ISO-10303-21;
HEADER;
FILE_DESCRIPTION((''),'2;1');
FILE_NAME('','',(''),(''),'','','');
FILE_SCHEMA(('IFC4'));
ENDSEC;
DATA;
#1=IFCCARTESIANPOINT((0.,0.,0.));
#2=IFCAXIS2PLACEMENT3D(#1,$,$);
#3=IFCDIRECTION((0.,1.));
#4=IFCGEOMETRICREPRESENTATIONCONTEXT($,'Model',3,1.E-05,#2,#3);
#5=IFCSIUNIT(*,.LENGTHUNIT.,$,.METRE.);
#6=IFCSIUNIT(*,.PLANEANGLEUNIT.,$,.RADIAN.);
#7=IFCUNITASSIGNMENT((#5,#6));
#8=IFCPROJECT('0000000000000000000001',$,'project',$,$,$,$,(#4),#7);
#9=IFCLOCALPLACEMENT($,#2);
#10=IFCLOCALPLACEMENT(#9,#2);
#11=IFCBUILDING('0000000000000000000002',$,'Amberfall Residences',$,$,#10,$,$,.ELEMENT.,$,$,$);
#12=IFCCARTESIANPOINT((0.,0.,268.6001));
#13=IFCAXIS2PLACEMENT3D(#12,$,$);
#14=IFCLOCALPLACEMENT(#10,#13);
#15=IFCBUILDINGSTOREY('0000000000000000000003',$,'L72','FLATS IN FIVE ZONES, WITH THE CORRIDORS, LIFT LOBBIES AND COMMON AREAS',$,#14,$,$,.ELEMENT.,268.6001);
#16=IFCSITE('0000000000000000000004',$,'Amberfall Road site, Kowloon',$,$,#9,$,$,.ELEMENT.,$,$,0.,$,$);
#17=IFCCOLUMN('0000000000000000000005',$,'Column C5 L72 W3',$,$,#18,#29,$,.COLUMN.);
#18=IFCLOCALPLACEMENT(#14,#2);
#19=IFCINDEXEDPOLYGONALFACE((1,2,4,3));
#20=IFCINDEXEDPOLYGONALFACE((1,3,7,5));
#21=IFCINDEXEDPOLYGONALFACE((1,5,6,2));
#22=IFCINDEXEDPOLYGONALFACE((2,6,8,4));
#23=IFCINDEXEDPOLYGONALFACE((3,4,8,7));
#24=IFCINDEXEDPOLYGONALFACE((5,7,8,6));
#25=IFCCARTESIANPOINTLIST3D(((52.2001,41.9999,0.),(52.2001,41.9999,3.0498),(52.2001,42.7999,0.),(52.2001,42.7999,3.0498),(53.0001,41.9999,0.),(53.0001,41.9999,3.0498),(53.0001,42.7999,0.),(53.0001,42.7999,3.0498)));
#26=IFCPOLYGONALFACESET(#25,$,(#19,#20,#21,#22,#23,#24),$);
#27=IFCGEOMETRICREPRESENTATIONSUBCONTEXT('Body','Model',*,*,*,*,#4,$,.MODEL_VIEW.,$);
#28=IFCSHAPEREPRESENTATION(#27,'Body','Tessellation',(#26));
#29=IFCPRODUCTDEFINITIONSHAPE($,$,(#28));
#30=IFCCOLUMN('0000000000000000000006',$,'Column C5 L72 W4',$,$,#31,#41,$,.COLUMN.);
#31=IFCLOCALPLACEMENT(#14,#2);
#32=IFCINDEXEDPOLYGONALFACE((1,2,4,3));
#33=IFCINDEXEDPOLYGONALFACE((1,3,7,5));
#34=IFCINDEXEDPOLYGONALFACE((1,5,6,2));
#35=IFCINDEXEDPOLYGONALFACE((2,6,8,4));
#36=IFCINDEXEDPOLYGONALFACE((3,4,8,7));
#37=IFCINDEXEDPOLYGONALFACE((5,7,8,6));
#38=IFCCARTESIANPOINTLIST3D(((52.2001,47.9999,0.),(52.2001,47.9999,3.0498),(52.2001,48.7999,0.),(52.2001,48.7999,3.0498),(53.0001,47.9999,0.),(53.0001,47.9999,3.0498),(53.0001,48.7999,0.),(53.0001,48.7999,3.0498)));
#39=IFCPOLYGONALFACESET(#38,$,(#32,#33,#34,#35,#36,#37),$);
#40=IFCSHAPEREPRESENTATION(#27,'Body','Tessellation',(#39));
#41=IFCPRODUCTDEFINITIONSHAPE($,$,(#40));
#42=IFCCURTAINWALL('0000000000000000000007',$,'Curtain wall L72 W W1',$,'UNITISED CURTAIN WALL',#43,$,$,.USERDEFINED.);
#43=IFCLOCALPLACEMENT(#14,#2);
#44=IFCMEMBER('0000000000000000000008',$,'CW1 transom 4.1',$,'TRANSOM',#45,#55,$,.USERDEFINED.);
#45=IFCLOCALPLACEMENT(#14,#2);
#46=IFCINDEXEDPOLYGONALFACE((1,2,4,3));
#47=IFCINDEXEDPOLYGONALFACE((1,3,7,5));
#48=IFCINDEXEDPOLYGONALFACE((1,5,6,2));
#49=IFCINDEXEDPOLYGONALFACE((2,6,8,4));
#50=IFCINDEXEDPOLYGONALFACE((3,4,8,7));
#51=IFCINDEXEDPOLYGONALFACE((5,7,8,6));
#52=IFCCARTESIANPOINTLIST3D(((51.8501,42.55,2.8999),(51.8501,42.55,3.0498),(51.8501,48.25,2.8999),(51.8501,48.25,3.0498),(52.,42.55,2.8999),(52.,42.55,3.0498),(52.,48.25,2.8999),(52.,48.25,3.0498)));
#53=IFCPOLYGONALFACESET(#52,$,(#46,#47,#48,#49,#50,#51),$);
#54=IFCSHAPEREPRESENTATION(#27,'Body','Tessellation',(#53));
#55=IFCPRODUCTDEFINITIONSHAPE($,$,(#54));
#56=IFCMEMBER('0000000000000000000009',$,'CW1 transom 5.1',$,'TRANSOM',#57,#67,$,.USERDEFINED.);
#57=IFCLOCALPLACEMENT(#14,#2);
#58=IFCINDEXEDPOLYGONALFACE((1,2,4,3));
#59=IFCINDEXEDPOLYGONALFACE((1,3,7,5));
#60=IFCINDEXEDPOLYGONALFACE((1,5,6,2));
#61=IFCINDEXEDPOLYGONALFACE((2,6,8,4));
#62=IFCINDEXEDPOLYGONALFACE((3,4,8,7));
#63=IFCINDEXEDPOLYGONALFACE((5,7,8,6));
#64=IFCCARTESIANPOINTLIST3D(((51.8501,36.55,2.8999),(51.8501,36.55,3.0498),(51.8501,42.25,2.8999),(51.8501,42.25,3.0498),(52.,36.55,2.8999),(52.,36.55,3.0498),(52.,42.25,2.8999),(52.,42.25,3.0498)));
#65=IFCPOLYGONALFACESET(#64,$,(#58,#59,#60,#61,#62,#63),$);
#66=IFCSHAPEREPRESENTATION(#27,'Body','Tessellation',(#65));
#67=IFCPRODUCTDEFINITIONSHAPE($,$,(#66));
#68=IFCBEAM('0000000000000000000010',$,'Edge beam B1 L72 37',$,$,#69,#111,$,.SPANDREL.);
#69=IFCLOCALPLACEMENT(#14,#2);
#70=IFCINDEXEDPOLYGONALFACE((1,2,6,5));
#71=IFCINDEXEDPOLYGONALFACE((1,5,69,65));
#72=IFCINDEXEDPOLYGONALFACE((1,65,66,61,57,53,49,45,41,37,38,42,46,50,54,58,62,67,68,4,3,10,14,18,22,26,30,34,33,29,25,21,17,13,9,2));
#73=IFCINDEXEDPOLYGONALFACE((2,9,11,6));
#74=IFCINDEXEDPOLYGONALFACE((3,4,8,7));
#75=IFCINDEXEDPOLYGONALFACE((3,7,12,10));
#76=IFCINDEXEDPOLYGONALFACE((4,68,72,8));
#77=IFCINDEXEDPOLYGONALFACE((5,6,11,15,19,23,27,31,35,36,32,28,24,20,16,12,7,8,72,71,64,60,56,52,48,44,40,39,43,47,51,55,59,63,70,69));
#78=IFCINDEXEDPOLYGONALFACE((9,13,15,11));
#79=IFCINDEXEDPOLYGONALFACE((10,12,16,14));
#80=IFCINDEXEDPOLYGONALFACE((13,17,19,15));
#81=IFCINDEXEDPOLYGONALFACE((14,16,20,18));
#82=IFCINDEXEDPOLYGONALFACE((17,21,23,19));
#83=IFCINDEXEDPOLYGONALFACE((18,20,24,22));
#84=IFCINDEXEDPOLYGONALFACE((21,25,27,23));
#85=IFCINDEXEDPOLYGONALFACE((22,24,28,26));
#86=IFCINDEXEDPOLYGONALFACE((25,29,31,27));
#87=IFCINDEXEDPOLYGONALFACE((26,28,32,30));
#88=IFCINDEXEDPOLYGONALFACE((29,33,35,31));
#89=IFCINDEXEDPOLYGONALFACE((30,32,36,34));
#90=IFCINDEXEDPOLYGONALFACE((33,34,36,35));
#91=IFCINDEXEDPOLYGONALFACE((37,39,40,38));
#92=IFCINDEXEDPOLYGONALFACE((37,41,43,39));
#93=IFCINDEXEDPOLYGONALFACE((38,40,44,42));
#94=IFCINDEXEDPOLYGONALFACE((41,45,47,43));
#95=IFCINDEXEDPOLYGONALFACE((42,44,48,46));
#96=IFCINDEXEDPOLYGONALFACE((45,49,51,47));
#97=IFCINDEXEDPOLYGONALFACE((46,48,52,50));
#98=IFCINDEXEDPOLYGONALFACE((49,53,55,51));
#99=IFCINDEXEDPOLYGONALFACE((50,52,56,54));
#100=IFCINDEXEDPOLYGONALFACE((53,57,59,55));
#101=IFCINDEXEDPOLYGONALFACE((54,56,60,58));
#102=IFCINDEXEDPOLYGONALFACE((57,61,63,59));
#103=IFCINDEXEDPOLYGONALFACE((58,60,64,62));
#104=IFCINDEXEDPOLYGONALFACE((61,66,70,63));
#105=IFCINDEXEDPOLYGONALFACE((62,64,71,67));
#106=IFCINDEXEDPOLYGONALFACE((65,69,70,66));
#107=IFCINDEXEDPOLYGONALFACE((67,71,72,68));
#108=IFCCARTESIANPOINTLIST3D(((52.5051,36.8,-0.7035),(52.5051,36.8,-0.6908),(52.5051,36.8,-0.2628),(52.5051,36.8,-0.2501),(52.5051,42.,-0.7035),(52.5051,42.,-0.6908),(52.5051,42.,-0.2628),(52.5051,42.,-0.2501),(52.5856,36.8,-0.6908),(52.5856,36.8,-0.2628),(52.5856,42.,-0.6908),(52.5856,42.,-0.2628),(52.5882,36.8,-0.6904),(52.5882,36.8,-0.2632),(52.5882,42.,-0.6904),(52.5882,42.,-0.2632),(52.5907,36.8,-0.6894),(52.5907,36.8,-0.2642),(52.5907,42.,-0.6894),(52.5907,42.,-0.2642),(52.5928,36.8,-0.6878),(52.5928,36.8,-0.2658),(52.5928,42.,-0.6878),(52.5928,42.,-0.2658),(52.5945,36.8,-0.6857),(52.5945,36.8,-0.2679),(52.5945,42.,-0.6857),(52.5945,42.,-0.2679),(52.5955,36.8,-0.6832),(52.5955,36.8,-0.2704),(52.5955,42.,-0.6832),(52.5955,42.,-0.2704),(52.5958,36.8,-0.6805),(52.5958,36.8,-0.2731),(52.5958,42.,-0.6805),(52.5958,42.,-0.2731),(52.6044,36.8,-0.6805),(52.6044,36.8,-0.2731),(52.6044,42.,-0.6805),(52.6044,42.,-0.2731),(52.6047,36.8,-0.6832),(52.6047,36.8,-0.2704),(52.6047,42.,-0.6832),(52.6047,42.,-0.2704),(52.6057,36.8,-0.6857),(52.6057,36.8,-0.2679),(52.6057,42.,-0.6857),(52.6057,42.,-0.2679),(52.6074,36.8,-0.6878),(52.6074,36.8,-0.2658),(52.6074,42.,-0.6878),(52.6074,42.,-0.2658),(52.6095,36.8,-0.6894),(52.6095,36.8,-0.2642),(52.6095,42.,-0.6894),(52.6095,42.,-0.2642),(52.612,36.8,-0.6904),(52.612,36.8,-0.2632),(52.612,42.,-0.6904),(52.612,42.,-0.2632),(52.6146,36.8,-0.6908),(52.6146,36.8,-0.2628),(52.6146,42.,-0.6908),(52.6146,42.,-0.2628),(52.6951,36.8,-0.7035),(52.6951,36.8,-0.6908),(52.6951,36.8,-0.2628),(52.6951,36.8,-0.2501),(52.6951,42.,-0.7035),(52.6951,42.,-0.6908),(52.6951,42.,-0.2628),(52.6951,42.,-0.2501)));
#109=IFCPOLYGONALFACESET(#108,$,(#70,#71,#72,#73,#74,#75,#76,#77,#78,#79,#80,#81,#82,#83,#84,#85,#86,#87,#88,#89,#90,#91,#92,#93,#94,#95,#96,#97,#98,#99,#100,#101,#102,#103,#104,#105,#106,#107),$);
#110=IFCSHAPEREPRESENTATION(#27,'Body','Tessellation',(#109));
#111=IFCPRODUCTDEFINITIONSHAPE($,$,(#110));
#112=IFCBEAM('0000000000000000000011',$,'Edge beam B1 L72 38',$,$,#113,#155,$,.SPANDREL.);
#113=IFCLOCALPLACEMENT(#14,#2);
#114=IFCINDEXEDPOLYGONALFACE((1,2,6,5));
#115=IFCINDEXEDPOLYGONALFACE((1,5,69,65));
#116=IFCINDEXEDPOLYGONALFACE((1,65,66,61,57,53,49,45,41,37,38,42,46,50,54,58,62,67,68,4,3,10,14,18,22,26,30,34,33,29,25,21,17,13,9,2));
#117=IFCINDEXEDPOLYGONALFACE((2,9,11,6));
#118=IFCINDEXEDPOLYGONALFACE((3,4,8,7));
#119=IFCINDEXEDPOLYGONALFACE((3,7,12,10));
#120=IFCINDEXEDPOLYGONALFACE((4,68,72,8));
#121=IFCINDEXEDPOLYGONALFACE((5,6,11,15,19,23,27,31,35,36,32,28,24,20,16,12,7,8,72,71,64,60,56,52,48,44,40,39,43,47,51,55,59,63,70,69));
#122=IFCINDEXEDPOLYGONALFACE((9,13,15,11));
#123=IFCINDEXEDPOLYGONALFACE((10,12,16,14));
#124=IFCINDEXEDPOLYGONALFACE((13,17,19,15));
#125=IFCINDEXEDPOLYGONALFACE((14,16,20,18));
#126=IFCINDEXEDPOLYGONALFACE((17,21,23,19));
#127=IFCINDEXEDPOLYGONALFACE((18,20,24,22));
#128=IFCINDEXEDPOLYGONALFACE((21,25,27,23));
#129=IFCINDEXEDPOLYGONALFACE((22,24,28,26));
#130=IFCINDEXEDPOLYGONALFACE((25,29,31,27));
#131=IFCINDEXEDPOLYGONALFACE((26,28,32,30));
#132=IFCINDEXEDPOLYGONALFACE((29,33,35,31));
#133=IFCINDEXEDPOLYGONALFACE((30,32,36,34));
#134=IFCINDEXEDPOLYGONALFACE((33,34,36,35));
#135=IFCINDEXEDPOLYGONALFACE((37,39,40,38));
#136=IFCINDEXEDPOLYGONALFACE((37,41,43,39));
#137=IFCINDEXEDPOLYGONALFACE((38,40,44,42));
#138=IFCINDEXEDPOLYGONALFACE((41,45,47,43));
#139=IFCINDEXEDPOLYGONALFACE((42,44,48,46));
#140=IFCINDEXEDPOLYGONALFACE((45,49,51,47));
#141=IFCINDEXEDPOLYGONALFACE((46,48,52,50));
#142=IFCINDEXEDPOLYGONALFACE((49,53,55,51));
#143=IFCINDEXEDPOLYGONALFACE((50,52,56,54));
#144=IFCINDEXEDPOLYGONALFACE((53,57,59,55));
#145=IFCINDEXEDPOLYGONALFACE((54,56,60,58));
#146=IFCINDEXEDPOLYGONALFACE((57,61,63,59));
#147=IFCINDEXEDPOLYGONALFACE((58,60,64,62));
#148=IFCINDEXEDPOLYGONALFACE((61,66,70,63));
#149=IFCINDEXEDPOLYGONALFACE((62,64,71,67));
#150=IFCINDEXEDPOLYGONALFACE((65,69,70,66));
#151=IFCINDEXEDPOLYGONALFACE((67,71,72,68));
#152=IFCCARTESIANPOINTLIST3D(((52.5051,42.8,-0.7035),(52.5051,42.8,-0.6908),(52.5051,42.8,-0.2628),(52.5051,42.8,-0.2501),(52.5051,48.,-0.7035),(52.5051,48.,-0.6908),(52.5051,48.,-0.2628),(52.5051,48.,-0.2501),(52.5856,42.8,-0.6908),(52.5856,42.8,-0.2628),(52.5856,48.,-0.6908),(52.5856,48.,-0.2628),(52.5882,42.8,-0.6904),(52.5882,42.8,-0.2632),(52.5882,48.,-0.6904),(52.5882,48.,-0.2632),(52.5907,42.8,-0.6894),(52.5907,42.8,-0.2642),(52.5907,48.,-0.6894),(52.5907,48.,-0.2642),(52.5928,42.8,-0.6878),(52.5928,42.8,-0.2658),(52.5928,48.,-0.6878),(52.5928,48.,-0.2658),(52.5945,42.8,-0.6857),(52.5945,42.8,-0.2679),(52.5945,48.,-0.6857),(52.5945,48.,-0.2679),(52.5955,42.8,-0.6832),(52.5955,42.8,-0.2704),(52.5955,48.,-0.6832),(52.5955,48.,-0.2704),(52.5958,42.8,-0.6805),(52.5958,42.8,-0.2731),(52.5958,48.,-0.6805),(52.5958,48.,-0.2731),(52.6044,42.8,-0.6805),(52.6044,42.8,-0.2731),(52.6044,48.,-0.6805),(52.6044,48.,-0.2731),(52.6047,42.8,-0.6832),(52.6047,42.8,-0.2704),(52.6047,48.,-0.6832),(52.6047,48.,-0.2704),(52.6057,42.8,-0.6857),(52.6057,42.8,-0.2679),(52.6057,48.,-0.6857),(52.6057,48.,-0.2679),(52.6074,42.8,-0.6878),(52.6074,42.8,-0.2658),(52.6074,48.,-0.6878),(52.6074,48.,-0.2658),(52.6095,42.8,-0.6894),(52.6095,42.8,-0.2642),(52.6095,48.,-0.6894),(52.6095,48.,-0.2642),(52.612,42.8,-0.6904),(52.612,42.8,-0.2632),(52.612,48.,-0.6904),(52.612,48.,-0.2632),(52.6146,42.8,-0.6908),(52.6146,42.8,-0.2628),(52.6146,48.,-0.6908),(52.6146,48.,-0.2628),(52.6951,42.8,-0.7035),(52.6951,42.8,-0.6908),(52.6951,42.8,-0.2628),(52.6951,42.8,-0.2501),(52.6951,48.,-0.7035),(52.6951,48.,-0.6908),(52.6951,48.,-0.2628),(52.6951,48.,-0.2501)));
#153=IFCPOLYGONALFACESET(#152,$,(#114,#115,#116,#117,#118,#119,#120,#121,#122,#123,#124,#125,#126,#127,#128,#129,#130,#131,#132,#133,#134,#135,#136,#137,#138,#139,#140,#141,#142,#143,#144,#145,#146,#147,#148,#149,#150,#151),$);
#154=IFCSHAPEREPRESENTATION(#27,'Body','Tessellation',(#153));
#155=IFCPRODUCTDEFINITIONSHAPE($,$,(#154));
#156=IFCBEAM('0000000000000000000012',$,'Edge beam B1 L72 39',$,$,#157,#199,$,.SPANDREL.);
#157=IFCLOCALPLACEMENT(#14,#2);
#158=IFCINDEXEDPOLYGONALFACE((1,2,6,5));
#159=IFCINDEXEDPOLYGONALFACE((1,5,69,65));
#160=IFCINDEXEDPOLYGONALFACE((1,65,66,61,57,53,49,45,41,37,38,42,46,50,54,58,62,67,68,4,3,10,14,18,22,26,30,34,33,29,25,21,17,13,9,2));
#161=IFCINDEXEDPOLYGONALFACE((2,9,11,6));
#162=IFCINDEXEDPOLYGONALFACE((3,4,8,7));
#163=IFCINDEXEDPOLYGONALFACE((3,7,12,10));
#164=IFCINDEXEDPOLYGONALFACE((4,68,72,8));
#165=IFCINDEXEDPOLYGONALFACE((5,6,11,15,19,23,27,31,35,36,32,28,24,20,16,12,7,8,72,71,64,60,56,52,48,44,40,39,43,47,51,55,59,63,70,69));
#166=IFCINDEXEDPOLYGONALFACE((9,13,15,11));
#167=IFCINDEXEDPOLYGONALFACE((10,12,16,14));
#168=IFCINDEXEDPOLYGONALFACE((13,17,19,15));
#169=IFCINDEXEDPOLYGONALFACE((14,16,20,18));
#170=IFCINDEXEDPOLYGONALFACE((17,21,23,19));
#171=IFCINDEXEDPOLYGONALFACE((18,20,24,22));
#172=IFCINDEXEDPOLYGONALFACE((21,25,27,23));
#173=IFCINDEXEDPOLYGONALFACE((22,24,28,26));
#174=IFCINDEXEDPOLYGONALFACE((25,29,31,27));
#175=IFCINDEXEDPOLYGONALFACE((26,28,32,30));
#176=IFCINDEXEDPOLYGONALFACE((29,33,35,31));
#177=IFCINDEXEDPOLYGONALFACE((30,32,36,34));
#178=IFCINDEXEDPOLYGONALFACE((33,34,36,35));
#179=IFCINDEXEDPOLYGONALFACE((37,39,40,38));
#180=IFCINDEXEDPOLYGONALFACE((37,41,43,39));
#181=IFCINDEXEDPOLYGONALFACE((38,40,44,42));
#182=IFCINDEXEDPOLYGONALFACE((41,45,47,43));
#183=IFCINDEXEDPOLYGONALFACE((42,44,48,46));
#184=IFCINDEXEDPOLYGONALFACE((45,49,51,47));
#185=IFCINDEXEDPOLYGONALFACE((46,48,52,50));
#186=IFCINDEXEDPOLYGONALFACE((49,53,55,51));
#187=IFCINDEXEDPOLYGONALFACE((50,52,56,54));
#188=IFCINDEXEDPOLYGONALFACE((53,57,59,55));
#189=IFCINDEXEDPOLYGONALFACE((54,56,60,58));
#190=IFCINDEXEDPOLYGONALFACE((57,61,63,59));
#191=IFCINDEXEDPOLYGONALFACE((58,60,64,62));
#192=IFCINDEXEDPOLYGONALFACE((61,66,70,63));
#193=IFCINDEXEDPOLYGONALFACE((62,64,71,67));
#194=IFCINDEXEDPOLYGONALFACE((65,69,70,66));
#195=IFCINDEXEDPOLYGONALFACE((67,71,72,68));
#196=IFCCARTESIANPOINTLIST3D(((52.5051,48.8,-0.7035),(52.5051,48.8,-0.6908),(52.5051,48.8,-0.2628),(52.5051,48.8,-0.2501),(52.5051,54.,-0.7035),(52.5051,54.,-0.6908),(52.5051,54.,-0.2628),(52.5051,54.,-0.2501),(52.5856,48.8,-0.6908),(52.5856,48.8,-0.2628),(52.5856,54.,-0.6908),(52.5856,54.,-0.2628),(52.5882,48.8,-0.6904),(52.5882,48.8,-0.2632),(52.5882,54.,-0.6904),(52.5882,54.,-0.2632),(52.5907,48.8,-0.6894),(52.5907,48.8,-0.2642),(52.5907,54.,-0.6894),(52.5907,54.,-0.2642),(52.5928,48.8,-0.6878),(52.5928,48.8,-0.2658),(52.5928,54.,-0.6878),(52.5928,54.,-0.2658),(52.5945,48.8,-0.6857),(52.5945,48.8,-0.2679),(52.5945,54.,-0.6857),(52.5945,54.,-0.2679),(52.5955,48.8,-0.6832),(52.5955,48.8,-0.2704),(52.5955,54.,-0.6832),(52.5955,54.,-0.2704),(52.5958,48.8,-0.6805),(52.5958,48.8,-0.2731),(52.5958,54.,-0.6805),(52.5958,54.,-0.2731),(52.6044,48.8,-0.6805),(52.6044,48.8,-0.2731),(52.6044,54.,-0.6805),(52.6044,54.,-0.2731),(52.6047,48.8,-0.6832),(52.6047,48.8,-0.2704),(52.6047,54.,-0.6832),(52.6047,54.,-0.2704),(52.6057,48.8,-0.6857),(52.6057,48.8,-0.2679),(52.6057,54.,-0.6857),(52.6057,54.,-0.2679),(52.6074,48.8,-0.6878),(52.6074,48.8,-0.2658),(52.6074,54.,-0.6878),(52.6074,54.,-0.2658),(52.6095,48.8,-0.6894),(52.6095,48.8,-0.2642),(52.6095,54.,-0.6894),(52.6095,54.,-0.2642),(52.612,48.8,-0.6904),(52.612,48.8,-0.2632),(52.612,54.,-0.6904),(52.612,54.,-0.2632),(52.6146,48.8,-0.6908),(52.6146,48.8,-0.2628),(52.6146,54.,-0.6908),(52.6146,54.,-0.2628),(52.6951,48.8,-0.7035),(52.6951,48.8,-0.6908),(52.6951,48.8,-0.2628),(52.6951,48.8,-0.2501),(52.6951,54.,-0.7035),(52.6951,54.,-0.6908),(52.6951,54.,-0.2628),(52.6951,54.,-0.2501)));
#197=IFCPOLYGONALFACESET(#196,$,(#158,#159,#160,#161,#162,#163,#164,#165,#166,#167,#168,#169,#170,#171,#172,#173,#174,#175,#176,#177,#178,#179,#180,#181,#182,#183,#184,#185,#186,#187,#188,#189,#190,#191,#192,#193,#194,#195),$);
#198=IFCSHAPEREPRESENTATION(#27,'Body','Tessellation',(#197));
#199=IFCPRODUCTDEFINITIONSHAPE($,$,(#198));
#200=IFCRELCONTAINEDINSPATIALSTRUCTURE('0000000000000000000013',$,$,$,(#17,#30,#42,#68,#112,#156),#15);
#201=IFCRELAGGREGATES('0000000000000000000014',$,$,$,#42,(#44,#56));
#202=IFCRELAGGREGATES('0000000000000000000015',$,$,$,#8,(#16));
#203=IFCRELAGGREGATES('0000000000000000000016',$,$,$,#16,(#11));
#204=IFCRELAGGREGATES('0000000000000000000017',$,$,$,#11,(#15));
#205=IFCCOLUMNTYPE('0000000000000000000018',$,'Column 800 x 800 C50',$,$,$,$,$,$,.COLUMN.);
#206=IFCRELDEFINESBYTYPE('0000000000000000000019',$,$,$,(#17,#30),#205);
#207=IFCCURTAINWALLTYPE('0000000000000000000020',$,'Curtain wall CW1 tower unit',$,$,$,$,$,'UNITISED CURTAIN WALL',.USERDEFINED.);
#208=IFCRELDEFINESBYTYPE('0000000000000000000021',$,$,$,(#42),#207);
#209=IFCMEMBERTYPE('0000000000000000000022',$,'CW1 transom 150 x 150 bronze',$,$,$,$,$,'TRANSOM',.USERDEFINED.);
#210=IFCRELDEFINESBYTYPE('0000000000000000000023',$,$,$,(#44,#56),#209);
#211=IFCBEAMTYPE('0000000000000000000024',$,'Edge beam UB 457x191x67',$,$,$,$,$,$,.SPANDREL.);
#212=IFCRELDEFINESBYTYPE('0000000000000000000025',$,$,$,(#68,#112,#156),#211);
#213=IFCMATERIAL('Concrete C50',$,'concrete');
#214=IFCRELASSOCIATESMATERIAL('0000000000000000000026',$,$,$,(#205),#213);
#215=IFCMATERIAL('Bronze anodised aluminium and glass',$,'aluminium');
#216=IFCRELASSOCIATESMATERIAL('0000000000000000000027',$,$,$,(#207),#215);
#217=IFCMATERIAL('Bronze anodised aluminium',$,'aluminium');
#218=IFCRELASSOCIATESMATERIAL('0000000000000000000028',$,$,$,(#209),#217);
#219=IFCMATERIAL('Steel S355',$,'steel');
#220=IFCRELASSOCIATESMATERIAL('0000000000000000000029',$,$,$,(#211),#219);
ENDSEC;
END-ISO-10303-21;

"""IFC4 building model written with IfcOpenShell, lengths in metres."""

from ifc_helpers import new_model, si_unit, direction, frame, origin, origin_2d, place, context, subcontext, project, spatial, rectangle, i_section, extrude, material, material_profile, profile_set, type_object, element, aggregate, save


model = new_model("IFC4")

# Units and contexts
model_context = context("Model", 3, precision=1e-05, world=origin(), true_north=direction((0.0, 1.0)))
body_context = subcontext(model_context, "Body", "Model", "MODEL_VIEW")
ifc_project = project(units=[si_unit("LENGTHUNIT", "METRE"), si_unit("PLANEANGLEUNIT", "RADIAN")], contexts=[model_context])

# Site, building, storey
site_placement = place(None, origin())
site = spatial("IfcSite", under=ifc_project, at=site_placement, Name="Amberfall Road site, Kowloon", CompositionType="ELEMENT", RefElevation=0.0)
building_placement = place(site_placement, origin())
building = spatial("IfcBuilding", under=site, at=building_placement, Name="Amberfall Residences", CompositionType="ELEMENT")
storey_placement = place(building_placement, frame((0.0, 0.0, 268.6001)))
storey = spatial("IfcBuildingStorey", under=building, at=storey_placement, Name="L72", Description="FLATS IN FIVE ZONES, WITH THE CORRIDORS, LIFT LOBBIES AND COMMON AREAS", CompositionType="ELEMENT", Elevation=268.6001)

# Columns
ifc_material_1 = material(Name="Concrete C50", Category="concrete")
ifc_material_profile_1 = material_profile(ifc_material_1, rectangle(XDim=0.8, YDim=0.8, at=origin_2d()), Name="Column 800 x 800 C50")
ifc_profile_set_1 = profile_set([ifc_material_profile_1], Name="Concrete C50")
column_type = type_object("IfcColumnType", Name="Column 800 x 800 C50", PredefinedType="COLUMN", material=ifc_profile_set_1)
for number, where, z_axis, x_axis, name in (
    (1, (52.6001, 42.3999, 0.0), (0.0, 0.0, 1.0), (1.0, 0.0, 0.0), "Column C5 L72 W3"),
    (2, (52.6001, 48.3999, 0.0), (0.0, 0.0, 1.0), (1.0, 0.0, 0.0), "Column C5 L72 W4"),
):
    element("IfcColumn", number, at=place(storey_placement, frame(where, z_axis=z_axis, x_axis=x_axis)), inside=storey, type_object=column_type, Name=name, PredefinedType="COLUMN", context=body_context, shape_type="SweptSolid", body=[
        extrude(rectangle(XDim=0.8, YDim=0.8, at=origin_2d()), origin(), (0.0, 0.0, 1.0), 3.0498),
    ])

# Curtain wall, members
ifc_material_2 = material(Name="Bronze anodised aluminium and glass", Category="aluminium")
curtain_wall_type = type_object("IfcCurtainWallType", Name="Curtain wall CW1 tower unit", ElementType="UNITISED CURTAIN WALL", PredefinedType="USERDEFINED", material=ifc_material_2)
curtain_wall_placement = place(storey_placement, origin())
curtain_wall = element("IfcCurtainWall", 3, at=curtain_wall_placement, inside=storey, type_object=curtain_wall_type, Name="Curtain wall L72 W W1", ObjectType="UNITISED CURTAIN WALL", PredefinedType="USERDEFINED")
ifc_material_3 = material(Name="Bronze anodised aluminium", Category="aluminium")
ifc_material_profile_2 = material_profile(ifc_material_3, rectangle(XDim=0.1499, YDim=0.1499, at=origin_2d()), Name="CW1 transom 150 x 150 bronze")
ifc_profile_set_2 = profile_set([ifc_material_profile_2], Name="Bronze anodised aluminium")
member_type_1 = type_object("IfcMemberType", Name="CW1 transom 150 x 150 bronze", ElementType="TRANSOM", PredefinedType="USERDEFINED", material=ifc_profile_set_2)
member_1_placement = place(storey_placement, frame((51.925, 48.25, 2.9749), z_axis=(0.0, -1.0, 0.0), x_axis=(1.0, 0.0, 0.0)))
member_1 = element("IfcMember", 4, at=member_1_placement, type_object=member_type_1, Name="CW1 transom 4.1", ObjectType="TRANSOM", PredefinedType="USERDEFINED", context=body_context, shape_type="SweptSolid", body=[
    extrude(rectangle(XDim=0.1499, YDim=0.1499, at=origin_2d()), origin(), (0.0, 0.0, 1.0), 5.7),
])
member_2_placement = place(storey_placement, frame((51.925, 42.25, 2.9749), z_axis=(0.0, -1.0, 0.0), x_axis=(1.0, 0.0, 0.0)))
member_2 = element("IfcMember", 5, at=member_2_placement, type_object=member_type_1, Name="CW1 transom 5.1", ObjectType="TRANSOM", PredefinedType="USERDEFINED", context=body_context, shape_type="SweptSolid", body=[
    extrude(rectangle(XDim=0.1499, YDim=0.1499, at=origin_2d()), origin(), (0.0, 0.0, 1.0), 5.7),
])

# Beams
ifc_material_4 = material(Name="Steel S355", Category="steel")
ifc_material_profile_3 = material_profile(ifc_material_4, i_section(OverallWidth=0.1899, OverallDepth=0.4534, WebThickness=0.0085, FlangeThickness=0.0127, FilletRadius=0.0103, at=origin_2d()), Name="UB 457x191x67")
ifc_profile_set_3 = profile_set([ifc_material_profile_3], Name="Steel S355")
beam_type_1 = type_object("IfcBeamType", Name="Edge beam UB 457x191x67", PredefinedType="SPANDREL", material=ifc_profile_set_3)
for number, where, z_axis, x_axis, name in (
    (6, (52.6001, 36.8, -0.4768), (0.0, 1.0, 0.0), (-1.0, 0.0, 0.0), "Edge beam B1 L72 37"),
    (7, (52.6001, 42.8, -0.4768), (0.0, 1.0, 0.0), (-1.0, 0.0, 0.0), "Edge beam B1 L72 38"),
    (8, (52.6001, 48.8, -0.4768), (0.0, 1.0, 0.0), (-1.0, 0.0, 0.0), "Edge beam B1 L72 39"),
):
    element("IfcBeam", number, at=place(storey_placement, frame(where, z_axis=z_axis, x_axis=x_axis)), inside=storey, type_object=beam_type_1, Name=name, PredefinedType="SPANDREL", context=body_context, shape_type="SweptSolid", body=[
        extrude(i_section(OverallWidth=0.1899, OverallDepth=0.4534, WebThickness=0.0085, FlangeThickness=0.0127, FilletRadius=0.0103, at=origin_2d()), origin(), (0.0, 0.0, 1.0), 5.2),
    ])

aggregate(curtain_wall, [member_1, member_2])

save(model, "model.ifc")
